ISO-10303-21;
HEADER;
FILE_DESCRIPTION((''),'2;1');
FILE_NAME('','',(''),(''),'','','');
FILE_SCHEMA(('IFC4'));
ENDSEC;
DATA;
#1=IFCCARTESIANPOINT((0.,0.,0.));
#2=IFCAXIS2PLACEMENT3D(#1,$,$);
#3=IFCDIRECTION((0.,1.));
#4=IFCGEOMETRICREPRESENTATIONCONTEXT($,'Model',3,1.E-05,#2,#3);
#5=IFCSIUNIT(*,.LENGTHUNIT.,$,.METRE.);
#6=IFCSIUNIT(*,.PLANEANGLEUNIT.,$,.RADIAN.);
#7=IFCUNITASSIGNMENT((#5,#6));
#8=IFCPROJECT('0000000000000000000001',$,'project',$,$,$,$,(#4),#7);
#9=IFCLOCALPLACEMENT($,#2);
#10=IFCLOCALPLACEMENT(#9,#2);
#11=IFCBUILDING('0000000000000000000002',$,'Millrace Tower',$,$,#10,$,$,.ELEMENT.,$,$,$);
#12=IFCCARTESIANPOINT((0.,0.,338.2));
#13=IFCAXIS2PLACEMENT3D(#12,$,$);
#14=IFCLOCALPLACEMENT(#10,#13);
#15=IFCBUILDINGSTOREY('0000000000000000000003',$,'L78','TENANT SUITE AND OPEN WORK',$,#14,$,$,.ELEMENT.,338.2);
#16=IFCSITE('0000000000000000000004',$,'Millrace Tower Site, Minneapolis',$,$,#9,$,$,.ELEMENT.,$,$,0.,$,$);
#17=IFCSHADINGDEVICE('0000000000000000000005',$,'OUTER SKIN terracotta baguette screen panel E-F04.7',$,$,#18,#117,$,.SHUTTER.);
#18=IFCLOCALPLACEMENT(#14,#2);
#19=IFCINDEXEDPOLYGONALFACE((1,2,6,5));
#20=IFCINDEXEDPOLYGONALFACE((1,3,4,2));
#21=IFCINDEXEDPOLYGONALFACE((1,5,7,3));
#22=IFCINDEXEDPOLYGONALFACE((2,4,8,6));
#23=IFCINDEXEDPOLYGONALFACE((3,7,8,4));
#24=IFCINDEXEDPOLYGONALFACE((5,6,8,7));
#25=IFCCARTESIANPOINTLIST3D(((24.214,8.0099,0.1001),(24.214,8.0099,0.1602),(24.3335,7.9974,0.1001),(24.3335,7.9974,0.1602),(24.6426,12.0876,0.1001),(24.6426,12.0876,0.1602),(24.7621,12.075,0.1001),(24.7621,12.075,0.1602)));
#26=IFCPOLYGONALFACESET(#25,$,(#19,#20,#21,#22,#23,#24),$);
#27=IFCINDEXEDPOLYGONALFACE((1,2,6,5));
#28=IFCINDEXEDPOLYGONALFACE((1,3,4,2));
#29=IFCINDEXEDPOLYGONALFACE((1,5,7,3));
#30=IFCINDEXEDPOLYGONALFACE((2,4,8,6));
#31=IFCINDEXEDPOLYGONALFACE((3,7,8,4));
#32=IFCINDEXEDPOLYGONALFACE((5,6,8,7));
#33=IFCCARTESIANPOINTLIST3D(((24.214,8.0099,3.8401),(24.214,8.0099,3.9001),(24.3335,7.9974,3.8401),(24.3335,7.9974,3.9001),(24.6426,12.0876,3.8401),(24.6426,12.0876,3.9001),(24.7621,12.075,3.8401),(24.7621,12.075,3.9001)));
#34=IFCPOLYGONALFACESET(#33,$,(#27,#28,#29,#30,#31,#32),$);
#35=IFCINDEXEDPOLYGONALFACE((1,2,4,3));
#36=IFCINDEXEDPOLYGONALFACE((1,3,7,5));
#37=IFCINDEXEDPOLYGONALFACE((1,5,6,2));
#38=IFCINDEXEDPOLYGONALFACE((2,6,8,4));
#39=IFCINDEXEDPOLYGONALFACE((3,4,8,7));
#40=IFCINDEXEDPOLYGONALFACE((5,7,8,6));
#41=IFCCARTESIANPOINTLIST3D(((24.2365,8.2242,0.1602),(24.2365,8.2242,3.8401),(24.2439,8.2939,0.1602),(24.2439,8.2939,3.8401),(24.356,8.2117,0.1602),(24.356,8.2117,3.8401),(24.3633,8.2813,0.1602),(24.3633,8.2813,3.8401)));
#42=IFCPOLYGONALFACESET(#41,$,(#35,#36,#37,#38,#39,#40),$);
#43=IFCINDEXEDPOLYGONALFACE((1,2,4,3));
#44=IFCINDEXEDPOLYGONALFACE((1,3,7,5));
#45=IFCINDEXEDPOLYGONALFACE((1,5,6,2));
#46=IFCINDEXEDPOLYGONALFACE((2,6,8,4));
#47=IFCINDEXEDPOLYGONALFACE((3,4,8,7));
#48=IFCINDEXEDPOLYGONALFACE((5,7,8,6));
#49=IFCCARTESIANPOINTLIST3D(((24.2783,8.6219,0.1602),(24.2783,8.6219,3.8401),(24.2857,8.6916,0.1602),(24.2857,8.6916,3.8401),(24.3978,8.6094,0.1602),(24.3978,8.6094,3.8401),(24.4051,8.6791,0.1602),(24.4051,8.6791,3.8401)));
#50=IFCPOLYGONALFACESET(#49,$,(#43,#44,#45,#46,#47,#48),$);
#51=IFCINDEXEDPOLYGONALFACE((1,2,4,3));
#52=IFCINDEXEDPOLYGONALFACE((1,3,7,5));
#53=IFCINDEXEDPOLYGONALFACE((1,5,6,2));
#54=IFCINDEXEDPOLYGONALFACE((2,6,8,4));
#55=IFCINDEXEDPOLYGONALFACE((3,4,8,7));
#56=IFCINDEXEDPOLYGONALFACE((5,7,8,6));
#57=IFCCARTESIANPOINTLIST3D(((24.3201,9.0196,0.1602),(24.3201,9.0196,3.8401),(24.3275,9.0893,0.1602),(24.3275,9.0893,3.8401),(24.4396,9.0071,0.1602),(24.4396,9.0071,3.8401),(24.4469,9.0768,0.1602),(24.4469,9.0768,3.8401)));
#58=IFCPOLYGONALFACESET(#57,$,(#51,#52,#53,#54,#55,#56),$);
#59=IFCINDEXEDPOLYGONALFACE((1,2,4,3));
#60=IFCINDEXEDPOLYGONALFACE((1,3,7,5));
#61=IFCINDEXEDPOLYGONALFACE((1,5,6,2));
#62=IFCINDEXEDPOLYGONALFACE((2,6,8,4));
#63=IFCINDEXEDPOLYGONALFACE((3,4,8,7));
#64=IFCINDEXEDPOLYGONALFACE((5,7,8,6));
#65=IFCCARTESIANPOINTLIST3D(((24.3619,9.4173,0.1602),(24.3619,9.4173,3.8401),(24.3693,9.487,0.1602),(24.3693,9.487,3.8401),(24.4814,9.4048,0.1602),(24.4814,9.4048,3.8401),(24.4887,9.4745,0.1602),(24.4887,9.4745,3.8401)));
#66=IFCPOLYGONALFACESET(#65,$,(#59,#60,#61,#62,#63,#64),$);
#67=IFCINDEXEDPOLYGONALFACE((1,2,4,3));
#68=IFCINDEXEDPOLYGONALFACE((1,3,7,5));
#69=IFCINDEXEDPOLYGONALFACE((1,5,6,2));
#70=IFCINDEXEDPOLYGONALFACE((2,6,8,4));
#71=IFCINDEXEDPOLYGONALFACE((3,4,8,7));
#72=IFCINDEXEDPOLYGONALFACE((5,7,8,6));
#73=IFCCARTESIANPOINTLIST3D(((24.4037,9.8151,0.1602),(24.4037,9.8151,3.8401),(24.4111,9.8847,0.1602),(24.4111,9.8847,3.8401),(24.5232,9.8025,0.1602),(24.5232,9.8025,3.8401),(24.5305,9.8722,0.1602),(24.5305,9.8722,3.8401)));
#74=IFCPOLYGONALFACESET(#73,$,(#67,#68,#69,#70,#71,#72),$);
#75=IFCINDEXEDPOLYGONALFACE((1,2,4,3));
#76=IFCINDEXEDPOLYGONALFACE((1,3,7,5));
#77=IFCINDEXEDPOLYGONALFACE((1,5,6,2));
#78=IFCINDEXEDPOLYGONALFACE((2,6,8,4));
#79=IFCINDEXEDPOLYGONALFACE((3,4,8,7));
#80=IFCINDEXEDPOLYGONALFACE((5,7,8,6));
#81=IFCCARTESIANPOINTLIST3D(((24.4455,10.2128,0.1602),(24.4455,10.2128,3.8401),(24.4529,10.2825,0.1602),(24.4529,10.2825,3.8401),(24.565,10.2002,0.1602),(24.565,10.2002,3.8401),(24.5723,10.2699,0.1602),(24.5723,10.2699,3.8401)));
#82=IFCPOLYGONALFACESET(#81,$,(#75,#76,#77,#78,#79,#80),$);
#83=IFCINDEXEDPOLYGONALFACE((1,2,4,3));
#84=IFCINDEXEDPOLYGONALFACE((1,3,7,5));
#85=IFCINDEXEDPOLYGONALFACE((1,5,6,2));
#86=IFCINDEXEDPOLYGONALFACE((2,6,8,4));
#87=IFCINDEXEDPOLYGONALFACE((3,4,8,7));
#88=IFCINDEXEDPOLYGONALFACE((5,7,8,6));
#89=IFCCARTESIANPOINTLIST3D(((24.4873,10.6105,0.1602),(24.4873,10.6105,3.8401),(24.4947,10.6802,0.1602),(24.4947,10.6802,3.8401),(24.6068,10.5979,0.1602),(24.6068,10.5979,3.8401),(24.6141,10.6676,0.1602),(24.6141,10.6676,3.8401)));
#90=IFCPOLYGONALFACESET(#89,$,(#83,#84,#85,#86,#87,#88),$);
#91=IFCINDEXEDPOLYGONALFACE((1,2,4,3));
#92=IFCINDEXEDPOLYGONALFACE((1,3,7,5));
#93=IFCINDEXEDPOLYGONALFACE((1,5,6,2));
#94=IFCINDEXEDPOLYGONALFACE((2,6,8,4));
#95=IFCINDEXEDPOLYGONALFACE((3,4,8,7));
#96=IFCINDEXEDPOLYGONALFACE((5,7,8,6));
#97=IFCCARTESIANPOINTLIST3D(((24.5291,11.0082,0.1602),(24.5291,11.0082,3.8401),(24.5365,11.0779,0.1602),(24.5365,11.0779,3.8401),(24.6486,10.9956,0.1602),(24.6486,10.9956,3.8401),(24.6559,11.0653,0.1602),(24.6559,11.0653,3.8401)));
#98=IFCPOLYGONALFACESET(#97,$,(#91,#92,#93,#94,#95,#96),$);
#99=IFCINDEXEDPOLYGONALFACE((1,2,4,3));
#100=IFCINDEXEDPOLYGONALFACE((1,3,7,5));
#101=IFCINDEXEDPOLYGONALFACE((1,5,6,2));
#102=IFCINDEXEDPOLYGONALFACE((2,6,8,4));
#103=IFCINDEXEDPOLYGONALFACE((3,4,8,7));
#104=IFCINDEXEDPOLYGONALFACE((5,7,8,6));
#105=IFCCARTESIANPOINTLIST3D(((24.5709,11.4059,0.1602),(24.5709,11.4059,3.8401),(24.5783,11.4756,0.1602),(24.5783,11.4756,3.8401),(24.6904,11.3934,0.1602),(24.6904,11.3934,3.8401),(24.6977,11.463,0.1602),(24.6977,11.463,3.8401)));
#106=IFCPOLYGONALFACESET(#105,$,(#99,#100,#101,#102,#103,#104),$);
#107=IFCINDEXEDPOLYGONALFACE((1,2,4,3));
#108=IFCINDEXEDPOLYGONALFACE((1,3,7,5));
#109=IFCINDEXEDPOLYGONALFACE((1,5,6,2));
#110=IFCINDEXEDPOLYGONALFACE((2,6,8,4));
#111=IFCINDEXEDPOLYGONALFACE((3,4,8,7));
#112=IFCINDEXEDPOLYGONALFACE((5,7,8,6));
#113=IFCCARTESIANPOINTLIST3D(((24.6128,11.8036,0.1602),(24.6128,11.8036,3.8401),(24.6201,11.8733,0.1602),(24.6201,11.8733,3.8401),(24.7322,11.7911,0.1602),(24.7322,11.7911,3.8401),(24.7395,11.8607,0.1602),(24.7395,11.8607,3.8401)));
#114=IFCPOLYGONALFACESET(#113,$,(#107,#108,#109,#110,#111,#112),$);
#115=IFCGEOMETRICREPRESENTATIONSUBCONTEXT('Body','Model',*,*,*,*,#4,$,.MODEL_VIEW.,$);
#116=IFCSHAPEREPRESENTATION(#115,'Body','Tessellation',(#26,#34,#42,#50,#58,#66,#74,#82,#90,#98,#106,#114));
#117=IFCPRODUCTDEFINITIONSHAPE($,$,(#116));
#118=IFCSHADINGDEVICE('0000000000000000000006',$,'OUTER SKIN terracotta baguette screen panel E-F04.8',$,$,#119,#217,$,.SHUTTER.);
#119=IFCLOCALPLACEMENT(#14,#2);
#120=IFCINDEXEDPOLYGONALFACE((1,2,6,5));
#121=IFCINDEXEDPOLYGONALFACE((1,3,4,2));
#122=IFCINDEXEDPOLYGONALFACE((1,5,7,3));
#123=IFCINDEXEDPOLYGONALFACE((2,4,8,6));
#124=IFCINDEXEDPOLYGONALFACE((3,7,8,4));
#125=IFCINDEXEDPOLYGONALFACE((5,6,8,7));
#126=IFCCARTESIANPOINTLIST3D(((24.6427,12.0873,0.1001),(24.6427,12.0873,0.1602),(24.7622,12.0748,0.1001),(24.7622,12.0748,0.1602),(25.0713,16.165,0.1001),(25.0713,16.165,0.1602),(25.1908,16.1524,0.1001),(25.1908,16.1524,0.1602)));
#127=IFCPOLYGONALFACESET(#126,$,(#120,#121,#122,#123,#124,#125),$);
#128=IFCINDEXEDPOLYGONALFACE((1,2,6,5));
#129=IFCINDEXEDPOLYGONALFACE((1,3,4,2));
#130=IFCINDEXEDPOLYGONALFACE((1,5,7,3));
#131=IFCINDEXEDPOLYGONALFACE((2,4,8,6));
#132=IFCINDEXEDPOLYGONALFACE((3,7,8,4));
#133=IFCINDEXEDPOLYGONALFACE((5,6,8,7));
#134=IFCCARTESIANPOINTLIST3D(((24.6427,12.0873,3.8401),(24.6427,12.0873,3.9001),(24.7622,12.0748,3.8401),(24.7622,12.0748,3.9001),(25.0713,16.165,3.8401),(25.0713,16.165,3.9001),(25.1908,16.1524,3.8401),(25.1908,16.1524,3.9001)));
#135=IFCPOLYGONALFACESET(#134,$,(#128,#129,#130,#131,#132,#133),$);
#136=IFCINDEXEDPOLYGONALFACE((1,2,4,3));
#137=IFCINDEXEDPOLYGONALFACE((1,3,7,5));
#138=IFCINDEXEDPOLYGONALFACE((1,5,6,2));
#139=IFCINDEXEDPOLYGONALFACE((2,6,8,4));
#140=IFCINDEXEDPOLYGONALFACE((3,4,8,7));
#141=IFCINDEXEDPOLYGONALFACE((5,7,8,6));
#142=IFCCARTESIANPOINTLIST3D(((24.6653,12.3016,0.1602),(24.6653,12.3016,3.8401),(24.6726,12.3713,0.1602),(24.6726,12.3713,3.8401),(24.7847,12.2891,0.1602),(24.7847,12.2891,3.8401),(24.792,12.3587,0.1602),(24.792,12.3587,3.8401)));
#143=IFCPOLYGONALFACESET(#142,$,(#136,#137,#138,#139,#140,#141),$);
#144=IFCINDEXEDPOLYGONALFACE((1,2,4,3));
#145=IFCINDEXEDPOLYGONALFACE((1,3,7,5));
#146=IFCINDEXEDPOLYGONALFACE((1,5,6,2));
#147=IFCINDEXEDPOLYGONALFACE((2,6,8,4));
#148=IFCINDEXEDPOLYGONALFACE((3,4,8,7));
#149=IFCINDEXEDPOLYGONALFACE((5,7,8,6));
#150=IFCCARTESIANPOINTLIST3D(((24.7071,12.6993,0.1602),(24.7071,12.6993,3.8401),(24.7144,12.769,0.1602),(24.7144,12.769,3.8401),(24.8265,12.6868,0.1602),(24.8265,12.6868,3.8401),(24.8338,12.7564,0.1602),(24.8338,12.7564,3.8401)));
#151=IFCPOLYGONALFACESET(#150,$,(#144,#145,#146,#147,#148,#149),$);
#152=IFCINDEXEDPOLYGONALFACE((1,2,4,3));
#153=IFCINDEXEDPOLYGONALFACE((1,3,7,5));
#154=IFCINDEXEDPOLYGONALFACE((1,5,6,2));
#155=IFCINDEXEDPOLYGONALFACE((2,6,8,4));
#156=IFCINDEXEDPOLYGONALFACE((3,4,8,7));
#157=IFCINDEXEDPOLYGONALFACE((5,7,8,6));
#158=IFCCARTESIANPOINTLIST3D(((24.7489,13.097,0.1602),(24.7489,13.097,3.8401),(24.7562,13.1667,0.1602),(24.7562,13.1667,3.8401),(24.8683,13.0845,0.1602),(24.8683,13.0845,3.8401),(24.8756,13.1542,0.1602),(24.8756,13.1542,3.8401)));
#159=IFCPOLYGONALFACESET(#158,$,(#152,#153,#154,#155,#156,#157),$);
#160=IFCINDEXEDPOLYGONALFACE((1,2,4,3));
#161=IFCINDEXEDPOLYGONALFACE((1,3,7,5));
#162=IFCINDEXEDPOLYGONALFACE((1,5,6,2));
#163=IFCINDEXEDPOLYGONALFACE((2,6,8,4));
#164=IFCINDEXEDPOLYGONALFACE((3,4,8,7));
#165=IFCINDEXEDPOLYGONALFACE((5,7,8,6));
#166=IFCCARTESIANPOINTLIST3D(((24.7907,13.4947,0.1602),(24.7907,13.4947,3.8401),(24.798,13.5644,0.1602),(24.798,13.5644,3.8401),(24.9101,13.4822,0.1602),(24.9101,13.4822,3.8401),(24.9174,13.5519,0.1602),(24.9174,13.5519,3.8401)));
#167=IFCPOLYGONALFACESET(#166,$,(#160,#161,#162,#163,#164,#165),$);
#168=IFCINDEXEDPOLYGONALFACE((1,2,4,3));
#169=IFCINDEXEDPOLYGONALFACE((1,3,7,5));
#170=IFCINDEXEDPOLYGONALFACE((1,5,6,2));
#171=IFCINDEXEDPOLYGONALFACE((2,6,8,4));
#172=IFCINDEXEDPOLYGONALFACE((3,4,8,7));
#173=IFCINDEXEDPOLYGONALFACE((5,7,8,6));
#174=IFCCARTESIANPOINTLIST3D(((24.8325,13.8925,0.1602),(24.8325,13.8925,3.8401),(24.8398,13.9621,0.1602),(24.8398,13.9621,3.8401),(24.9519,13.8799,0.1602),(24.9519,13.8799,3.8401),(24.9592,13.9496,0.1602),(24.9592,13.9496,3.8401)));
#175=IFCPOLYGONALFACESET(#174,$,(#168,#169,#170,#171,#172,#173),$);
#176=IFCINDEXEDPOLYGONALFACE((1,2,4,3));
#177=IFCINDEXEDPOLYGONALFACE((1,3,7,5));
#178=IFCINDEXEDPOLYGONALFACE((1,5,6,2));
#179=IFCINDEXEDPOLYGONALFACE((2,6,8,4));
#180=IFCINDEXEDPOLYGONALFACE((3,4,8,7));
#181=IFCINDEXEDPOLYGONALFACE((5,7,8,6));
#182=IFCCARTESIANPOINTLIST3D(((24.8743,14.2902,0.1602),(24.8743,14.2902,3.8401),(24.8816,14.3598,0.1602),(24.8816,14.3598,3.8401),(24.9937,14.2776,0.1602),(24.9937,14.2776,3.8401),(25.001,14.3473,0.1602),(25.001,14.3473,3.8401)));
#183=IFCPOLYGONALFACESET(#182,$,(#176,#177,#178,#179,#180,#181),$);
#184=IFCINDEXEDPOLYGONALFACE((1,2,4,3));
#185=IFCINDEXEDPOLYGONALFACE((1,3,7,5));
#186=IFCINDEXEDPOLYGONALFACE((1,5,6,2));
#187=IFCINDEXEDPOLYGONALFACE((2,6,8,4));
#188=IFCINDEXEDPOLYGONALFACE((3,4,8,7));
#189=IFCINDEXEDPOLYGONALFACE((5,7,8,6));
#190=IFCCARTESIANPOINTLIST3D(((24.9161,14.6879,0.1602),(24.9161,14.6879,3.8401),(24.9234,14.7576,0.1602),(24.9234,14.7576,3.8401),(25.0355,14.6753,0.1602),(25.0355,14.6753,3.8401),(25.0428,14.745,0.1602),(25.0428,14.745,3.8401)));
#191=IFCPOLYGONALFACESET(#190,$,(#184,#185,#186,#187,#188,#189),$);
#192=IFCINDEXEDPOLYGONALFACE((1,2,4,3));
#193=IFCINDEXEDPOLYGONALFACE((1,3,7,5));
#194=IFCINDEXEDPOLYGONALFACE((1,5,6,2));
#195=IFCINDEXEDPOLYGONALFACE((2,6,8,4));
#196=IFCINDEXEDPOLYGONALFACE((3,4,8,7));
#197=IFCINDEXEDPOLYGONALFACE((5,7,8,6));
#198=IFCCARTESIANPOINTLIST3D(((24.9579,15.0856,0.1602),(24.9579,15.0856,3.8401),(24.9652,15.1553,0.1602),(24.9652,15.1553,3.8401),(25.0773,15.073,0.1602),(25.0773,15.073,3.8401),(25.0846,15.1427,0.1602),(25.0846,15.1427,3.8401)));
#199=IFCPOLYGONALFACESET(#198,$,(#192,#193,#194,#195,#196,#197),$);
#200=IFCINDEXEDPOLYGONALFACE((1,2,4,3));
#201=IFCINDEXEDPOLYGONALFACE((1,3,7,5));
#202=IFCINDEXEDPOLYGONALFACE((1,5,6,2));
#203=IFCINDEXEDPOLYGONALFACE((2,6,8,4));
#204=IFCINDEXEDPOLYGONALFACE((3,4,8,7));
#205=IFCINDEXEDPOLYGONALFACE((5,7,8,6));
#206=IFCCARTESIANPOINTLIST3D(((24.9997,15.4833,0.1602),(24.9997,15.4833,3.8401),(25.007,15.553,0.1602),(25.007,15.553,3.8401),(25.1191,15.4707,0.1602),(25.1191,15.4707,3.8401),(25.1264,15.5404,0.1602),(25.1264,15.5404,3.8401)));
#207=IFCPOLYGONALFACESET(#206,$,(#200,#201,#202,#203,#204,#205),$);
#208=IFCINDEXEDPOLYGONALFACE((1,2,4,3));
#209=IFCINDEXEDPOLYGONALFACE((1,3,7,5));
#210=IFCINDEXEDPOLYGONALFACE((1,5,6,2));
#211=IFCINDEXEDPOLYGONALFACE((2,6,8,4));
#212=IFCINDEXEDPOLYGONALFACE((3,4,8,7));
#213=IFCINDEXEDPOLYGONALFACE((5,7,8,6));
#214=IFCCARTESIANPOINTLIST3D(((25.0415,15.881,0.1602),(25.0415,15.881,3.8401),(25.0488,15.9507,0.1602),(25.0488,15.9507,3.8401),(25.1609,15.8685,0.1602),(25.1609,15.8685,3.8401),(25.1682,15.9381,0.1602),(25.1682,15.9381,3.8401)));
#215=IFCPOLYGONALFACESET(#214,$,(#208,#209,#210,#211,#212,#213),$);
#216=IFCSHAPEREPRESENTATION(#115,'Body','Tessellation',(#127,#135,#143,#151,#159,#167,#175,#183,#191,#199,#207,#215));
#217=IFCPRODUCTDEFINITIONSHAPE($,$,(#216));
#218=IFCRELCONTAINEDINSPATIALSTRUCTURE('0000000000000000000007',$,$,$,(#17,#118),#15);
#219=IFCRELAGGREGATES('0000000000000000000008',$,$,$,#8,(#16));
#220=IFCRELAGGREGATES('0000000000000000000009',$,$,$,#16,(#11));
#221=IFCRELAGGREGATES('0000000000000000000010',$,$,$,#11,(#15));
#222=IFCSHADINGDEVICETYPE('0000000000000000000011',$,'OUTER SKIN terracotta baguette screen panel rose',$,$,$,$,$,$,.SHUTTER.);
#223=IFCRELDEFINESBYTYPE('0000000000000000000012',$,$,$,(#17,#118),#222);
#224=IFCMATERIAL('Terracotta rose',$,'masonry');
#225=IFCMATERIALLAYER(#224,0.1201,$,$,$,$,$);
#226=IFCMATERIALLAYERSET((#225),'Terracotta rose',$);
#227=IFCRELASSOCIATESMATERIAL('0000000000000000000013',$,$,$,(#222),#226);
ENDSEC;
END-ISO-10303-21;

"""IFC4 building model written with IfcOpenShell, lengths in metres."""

from ifc_helpers import new_model, entity, si_unit, direction, frame, frame_2d, origin, place, context, subcontext, project, spatial, rectangle, extrude, source, transform, mapped, material, layer, layer_set, type_object, element, save


model = new_model("IFC4")

# Units and contexts
model_context = context("Model", 3, precision=1e-05, world=origin(), true_north=direction((0.0, 1.0)))
body_context = subcontext(model_context, "Body", "Model", "MODEL_VIEW")
ifc_project = project(units=[si_unit("LENGTHUNIT", "METRE"), si_unit("PLANEANGLEUNIT", "RADIAN")], contexts=[model_context])

# Site, building, storey
site_placement = place(None, origin())
site = spatial("IfcSite", under=ifc_project, at=site_placement, Name="Millrace Tower Site, Minneapolis", CompositionType="ELEMENT", RefElevation=0.0)
building_placement = place(site_placement, origin())
building = spatial("IfcBuilding", under=site, at=building_placement, Name="Millrace Tower", CompositionType="ELEMENT")
storey_placement = place(building_placement, frame((0.0, 0.0, 338.2)))
storey = spatial("IfcBuildingStorey", under=building, at=storey_placement, Name="L78", Description="TENANT SUITE AND OPEN WORK", CompositionType="ELEMENT", Elevation=338.2)

# Shading devices
ifc_material_1 = material(Name="Terracotta rose", Category="masonry")
ifc_layer_1 = layer(ifc_material_1, 0.1201)
ifc_layer_set_1 = layer_set([ifc_layer_1], Name="Terracotta rose")
shading_device_type = type_object("IfcShadingDeviceType", Name="OUTER SKIN terracotta baguette screen panel rose", PredefinedType="SHUTTER", material=ifc_layer_set_1)
cartesian_point_1 = entity("IfcCartesianPoint", [-2.05, 0.0601])
shared_polyline_1 = entity("IfcPolyline", [cartesian_point_1, entity("IfcCartesianPoint", [2.05, 0.0601]), entity("IfcCartesianPoint", [2.05, -0.0601]), entity("IfcCartesianPoint", [-2.05, -0.0601]), cartesian_point_1])
shared_shape_1 = source(origin(), body_context, "Body", "SweptSolid", [
    entity("IfcExtrudedAreaSolid", entity("IfcArbitraryClosedProfileDef", "AREA", None, shared_polyline_1), entity("IfcAxis2Placement3D", entity("IfcCartesianPoint", [0.0, 0.0, 0.0])), entity("IfcDirection", [0.0, 0.0, 1.0]), 0.0601),
    entity("IfcExtrudedAreaSolid", entity("IfcArbitraryClosedProfileDef", "AREA", None, shared_polyline_1), entity("IfcAxis2Placement3D", entity("IfcCartesianPoint", [0.0, 0.0, 3.74])), entity("IfcDirection", [0.0, 0.0, 1.0]), 0.0601),
    extrude(rectangle(XDim=0.0701, YDim=0.1201, at=frame_2d((-1.7996, 0.0))), frame((0.0, 0.0, 0.0601)), (0.0, 0.0, 1.0), 3.6799),
    extrude(rectangle(XDim=0.0701, YDim=0.1201, at=frame_2d((-1.3997, 0.0))), frame((0.0, 0.0, 0.0601)), (0.0, 0.0, 1.0), 3.6799),
    extrude(rectangle(XDim=0.0701, YDim=0.1201, at=frame_2d((-0.9998, 0.0))), frame((0.0, 0.0, 0.0601)), (0.0, 0.0, 1.0), 3.6799),
    extrude(rectangle(XDim=0.0701, YDim=0.1201, at=frame_2d((-0.5999, 0.0))), frame((0.0, 0.0, 0.0601)), (0.0, 0.0, 1.0), 3.6799),
    extrude(rectangle(XDim=0.0701, YDim=0.1201, at=frame_2d((-0.2, 0.0))), frame((0.0, 0.0, 0.0601)), (0.0, 0.0, 1.0), 3.6799),
    extrude(rectangle(XDim=0.0701, YDim=0.1201, at=frame_2d((0.2, 0.0))), frame((0.0, 0.0, 0.0601)), (0.0, 0.0, 1.0), 3.6799),
    extrude(rectangle(XDim=0.0701, YDim=0.1201, at=frame_2d((0.5999, 0.0))), frame((0.0, 0.0, 0.0601)), (0.0, 0.0, 1.0), 3.6799),
    extrude(rectangle(XDim=0.0701, YDim=0.1201, at=frame_2d((0.9998, 0.0))), frame((0.0, 0.0, 0.0601)), (0.0, 0.0, 1.0), 3.6799),
    extrude(rectangle(XDim=0.0701, YDim=0.1201, at=frame_2d((1.3997, 0.0))), frame((0.0, 0.0, 0.0601)), (0.0, 0.0, 1.0), 3.6799),
    extrude(rectangle(XDim=0.0701, YDim=0.1201, at=frame_2d((1.7996, 0.0))), frame((0.0, 0.0, 0.0601)), (0.0, 0.0, 1.0), 3.6799),
])
for number, where, z_axis, x_axis, name in (
    (1, (24.488, 10.0425, 0.1001), (0.0, 0.0, 1.0), (0.104528, 0.994522, 0.0), "OUTER SKIN terracotta baguette screen panel E-F04.7"),
    (2, (24.9167, 14.1199, 0.1001), (0.0, 0.0, 1.0), (0.104528, 0.994522, 0.0), "OUTER SKIN terracotta baguette screen panel E-F04.8"),
):
    element("IfcShadingDevice", number, at=place(storey_placement, frame(where, z_axis=z_axis, x_axis=x_axis)), inside=storey, type_object=shading_device_type, Name=name, PredefinedType="SHUTTER", context=body_context, shape_type="MappedRepresentation", body=[
        mapped(shared_shape_1, transform((0.0, 0.0, 0.0), scale=1.0)),
    ])

save(model, "model.ifc")
